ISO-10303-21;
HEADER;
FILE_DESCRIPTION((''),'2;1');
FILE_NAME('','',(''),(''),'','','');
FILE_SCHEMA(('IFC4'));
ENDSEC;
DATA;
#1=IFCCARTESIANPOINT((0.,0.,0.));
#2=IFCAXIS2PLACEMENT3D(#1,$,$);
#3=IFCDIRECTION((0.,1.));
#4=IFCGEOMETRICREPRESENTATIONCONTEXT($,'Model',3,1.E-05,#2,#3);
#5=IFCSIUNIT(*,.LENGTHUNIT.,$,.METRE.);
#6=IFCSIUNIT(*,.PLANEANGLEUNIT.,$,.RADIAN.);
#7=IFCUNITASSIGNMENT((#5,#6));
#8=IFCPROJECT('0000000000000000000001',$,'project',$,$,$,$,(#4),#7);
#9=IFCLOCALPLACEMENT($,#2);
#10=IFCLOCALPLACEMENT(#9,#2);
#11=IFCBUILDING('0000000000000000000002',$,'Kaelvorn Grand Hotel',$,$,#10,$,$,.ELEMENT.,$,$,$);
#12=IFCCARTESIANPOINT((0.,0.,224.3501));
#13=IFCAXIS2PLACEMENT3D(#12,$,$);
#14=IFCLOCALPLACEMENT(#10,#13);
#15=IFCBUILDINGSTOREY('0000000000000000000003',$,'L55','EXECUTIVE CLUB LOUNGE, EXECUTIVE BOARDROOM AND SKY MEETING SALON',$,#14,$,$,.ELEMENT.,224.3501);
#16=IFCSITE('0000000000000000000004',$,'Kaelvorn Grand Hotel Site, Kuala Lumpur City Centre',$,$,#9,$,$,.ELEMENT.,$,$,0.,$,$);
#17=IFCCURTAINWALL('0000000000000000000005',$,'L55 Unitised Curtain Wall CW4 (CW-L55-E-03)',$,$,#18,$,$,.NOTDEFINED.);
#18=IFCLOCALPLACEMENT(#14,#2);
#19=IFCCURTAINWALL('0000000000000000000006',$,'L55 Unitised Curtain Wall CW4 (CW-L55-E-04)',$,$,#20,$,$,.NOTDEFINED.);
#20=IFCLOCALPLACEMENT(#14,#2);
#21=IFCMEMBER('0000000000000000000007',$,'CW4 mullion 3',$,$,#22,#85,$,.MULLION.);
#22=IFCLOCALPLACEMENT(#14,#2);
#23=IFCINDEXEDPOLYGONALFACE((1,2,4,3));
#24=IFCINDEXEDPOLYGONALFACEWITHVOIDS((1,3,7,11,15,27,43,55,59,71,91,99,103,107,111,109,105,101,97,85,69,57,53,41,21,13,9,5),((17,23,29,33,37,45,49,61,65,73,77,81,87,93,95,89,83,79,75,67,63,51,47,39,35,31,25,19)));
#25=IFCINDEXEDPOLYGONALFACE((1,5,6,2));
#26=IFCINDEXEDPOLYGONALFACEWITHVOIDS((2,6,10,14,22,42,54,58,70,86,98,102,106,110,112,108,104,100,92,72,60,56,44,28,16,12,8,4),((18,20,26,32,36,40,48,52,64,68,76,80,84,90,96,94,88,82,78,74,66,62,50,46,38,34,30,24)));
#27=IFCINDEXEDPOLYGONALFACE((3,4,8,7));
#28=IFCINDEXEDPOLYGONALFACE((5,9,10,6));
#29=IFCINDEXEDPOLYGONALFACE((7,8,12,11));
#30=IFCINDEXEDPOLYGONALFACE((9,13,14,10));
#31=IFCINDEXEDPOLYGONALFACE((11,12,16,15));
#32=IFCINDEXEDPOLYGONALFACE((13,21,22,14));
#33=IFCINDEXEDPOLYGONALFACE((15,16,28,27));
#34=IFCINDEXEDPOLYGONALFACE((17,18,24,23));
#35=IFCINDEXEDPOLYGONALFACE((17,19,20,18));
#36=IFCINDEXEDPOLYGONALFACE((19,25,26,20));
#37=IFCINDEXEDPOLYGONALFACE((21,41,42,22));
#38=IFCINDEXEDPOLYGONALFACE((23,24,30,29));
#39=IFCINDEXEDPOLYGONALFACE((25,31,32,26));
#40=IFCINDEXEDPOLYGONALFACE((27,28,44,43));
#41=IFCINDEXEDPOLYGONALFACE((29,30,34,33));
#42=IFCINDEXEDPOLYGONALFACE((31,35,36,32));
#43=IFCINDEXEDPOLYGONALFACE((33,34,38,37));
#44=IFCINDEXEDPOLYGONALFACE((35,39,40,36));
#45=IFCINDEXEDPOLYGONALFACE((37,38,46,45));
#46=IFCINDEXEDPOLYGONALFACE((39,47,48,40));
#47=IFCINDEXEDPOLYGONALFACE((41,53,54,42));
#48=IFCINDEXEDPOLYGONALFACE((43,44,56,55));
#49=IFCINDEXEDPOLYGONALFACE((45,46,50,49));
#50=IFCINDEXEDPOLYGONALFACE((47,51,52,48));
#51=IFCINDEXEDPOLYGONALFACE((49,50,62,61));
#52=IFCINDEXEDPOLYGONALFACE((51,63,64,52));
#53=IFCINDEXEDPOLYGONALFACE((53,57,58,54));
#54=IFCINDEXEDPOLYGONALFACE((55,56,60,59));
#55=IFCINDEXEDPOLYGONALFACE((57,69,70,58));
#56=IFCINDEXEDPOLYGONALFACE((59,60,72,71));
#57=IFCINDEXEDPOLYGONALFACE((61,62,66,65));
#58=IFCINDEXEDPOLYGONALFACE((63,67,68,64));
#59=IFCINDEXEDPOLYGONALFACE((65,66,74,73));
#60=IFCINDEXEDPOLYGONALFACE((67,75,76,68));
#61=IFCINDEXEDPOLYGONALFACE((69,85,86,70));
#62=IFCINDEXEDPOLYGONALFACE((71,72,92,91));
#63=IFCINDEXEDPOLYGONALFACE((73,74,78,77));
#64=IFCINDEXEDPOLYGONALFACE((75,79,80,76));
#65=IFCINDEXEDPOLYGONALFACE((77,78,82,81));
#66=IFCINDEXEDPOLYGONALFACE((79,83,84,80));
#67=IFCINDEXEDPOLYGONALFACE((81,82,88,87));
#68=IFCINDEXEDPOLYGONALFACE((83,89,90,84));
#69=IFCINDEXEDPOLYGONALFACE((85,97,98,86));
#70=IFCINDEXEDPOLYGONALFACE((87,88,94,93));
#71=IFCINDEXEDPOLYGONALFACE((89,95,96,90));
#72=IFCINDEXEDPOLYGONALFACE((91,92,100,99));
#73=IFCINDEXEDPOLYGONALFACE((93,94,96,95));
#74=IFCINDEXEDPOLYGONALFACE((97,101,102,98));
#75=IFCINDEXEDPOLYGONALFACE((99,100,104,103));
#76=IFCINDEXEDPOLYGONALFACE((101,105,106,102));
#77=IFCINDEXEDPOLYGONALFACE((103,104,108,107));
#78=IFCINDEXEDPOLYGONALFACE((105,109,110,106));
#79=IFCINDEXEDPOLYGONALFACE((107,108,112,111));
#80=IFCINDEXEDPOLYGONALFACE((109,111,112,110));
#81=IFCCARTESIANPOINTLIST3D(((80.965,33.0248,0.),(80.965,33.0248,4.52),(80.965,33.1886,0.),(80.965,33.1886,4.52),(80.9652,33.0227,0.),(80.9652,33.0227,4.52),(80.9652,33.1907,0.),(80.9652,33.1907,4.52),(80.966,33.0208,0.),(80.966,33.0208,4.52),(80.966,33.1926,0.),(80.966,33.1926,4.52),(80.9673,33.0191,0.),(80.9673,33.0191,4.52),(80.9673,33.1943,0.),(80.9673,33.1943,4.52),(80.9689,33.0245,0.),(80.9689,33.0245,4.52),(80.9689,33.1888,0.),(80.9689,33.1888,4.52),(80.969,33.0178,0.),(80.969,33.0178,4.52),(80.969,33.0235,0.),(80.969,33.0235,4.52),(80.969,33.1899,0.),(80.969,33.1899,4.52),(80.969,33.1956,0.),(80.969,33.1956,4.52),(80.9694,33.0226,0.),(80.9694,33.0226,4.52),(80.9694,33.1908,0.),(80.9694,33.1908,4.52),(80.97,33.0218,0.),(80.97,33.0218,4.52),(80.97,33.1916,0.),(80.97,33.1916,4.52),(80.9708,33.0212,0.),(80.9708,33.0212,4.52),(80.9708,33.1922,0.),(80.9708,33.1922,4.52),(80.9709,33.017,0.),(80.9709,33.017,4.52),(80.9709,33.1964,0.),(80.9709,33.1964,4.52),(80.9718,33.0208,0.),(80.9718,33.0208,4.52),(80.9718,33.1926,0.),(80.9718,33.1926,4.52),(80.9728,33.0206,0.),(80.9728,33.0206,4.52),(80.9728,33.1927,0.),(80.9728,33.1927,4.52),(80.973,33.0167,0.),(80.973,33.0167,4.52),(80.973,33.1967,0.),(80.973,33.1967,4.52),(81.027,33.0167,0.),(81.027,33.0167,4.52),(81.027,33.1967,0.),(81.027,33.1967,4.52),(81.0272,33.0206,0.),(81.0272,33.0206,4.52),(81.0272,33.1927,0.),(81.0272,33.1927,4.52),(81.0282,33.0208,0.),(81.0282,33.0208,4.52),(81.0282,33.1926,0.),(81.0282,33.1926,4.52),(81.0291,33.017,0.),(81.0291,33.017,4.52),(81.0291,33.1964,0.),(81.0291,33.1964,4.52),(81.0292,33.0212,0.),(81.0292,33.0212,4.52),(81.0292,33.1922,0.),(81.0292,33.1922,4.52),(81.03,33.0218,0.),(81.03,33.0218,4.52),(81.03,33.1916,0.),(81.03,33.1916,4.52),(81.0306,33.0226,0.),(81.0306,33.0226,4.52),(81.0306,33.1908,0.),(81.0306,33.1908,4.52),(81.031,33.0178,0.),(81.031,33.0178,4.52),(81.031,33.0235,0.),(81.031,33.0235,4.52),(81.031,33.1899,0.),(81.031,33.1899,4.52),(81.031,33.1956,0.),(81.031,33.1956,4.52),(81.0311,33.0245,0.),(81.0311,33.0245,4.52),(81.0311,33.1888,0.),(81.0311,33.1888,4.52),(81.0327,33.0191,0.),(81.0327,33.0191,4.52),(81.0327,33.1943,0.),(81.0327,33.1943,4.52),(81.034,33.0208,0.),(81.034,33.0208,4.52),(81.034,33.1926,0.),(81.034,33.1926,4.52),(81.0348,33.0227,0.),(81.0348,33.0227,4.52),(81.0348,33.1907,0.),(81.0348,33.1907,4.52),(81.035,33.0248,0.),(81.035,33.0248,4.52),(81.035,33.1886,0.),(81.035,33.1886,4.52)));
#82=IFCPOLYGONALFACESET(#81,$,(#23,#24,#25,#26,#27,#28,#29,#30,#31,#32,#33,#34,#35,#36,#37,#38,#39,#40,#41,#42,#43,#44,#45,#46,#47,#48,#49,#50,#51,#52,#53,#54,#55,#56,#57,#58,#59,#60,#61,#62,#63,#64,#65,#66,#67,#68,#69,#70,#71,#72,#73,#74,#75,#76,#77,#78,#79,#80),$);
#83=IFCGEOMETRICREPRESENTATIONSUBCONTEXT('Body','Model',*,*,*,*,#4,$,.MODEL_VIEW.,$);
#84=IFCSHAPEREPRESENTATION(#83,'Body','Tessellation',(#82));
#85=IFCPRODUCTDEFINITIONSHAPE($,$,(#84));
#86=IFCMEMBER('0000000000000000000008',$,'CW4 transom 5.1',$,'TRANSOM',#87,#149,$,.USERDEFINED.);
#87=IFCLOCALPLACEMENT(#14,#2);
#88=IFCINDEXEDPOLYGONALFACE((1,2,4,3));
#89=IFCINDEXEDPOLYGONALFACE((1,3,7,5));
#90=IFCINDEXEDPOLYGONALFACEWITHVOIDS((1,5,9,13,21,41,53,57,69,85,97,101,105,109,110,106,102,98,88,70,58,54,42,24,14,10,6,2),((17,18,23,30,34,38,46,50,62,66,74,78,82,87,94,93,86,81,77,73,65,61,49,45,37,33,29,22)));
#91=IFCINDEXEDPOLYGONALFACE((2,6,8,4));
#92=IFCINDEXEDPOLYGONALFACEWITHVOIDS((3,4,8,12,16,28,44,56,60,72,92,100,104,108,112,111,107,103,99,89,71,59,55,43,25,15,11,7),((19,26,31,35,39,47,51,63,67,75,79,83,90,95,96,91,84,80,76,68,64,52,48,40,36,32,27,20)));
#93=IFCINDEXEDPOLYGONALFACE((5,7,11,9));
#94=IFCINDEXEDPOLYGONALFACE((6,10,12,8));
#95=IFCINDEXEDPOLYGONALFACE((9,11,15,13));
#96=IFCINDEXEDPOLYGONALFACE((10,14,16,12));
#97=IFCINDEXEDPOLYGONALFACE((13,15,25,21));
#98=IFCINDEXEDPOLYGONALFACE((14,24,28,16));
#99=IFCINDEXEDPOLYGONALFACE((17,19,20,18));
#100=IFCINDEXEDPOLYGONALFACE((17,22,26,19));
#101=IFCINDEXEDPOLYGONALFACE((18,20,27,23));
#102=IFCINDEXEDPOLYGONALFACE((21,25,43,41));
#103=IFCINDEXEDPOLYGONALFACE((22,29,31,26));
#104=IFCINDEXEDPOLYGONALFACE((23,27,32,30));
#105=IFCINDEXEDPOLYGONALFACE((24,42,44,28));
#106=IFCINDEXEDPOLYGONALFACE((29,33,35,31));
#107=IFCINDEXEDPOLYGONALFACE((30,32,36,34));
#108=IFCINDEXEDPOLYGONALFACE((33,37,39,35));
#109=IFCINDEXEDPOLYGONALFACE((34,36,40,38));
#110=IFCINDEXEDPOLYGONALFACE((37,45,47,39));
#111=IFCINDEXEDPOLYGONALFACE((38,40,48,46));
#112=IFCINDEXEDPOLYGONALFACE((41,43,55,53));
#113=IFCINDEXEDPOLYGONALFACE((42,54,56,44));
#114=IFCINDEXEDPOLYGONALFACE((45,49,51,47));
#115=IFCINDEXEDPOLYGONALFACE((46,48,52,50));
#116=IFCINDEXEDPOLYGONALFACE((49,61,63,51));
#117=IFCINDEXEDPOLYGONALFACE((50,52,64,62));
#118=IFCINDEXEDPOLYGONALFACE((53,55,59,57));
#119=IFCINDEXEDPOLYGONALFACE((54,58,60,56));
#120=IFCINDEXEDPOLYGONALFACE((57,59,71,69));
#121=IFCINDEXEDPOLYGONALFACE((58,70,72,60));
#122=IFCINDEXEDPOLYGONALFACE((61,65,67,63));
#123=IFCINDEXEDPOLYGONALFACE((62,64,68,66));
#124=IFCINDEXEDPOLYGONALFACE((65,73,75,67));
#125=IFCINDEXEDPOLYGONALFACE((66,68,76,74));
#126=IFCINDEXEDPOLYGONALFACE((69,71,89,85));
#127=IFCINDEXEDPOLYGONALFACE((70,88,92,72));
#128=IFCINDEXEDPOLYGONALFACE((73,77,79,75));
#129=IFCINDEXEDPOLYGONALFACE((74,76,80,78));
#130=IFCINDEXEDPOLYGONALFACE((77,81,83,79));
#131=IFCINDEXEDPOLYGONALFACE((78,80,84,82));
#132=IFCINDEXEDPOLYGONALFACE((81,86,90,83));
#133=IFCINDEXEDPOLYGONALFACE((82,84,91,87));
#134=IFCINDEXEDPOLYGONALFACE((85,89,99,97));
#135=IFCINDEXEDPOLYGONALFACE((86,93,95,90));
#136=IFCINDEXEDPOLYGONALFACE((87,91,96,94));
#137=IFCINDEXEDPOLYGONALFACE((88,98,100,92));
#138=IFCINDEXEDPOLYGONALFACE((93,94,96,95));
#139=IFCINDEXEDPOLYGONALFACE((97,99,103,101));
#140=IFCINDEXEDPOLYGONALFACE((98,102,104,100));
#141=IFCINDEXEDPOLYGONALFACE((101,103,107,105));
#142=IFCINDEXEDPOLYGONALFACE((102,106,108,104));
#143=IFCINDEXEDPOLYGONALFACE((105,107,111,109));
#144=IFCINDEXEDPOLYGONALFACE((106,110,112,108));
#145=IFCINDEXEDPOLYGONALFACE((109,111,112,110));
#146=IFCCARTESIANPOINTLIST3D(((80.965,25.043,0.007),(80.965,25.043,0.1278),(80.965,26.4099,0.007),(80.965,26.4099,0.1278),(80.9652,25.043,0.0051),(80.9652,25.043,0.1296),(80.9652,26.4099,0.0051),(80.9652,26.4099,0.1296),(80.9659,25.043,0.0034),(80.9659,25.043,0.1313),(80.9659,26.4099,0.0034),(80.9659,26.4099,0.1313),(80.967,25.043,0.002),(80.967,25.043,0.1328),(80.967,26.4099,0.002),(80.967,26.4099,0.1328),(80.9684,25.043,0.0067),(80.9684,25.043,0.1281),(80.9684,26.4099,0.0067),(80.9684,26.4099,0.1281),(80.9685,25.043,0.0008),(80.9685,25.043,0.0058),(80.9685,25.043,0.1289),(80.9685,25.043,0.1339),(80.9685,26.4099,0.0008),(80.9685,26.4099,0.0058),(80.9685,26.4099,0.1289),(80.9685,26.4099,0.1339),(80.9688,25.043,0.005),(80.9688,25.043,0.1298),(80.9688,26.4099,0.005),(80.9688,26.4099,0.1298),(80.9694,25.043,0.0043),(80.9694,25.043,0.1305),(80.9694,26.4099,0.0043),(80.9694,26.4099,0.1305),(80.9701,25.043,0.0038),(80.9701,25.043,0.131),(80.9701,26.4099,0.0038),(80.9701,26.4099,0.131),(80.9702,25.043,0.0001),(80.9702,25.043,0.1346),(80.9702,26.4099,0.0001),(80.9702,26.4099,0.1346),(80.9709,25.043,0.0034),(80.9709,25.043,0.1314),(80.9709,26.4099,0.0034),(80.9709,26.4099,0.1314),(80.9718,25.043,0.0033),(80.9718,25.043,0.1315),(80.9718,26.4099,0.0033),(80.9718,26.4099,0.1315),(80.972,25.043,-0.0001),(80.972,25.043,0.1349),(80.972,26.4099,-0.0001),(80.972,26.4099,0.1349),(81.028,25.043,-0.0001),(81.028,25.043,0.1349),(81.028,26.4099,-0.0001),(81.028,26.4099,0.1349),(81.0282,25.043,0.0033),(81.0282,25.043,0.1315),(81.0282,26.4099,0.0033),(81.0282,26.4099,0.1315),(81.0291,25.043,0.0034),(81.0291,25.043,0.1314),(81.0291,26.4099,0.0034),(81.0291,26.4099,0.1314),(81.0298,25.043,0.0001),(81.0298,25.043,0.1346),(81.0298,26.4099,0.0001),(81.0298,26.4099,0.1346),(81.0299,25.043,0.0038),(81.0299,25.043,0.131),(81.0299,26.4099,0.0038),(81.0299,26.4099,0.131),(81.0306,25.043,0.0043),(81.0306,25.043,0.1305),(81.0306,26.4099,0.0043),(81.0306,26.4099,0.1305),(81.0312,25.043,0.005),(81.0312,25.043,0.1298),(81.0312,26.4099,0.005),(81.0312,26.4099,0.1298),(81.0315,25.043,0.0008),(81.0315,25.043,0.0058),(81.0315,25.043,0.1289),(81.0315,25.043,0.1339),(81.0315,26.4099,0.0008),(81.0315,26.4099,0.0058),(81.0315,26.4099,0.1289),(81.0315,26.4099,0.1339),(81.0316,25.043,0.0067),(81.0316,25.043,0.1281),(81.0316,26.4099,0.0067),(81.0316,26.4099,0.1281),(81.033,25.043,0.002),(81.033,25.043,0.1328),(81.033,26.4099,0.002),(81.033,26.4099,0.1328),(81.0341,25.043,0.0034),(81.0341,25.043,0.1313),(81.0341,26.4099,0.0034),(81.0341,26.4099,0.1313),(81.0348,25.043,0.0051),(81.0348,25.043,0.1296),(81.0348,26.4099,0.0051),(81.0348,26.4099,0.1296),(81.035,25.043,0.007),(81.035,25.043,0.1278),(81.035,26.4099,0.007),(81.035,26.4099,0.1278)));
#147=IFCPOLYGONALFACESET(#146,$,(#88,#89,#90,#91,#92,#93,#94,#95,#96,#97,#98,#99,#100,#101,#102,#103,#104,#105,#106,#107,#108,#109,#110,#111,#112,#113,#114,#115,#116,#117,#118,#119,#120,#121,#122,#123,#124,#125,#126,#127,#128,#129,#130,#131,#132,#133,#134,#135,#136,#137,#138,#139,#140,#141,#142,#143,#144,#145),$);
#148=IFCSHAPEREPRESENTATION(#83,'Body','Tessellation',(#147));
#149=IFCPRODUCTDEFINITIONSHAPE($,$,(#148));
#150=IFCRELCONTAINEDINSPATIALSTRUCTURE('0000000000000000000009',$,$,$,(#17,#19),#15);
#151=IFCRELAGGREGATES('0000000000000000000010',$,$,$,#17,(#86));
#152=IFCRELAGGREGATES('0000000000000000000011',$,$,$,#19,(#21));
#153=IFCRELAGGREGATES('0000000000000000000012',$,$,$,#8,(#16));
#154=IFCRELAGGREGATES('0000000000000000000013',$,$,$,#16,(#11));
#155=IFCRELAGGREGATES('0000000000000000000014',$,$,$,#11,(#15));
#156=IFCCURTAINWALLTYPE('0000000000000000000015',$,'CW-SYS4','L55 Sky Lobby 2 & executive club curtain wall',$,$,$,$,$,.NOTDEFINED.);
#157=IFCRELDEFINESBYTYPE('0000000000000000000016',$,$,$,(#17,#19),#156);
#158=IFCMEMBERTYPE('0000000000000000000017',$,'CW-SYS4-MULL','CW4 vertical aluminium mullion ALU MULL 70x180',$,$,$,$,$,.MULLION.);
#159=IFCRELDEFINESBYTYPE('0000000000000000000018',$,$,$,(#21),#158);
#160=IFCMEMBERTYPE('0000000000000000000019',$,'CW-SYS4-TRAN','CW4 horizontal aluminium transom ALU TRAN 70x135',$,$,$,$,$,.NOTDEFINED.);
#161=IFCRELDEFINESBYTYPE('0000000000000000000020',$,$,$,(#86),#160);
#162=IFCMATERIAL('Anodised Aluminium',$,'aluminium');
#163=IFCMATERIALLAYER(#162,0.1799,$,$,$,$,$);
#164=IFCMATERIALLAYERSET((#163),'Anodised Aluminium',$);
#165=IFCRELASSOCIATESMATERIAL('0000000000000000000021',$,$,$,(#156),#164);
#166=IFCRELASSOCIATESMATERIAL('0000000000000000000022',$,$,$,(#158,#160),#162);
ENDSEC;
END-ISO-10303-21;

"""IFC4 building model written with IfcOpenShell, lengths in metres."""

from ifc_helpers import new_model, si_unit, direction, frame, origin, origin_2d, place, context, subcontext, project, spatial, hollow_rectangle, extrude, material, layer, layer_set, material_profile, profile_set, type_object, element, aggregate, save


model = new_model("IFC4")

# Units and contexts
model_context = context("Model", 3, precision=1e-05, world=origin(), true_north=direction((0.0, 1.0)))
body_context = subcontext(model_context, "Body", "Model", "MODEL_VIEW")
ifc_project = project(units=[si_unit("LENGTHUNIT", "METRE"), si_unit("PLANEANGLEUNIT", "RADIAN")], contexts=[model_context])

# Site, building, storey
site_placement = place(None, origin())
site = spatial("IfcSite", under=ifc_project, at=site_placement, Name="Kaelvorn Grand Hotel Site, Kuala Lumpur City Centre", CompositionType="ELEMENT", RefElevation=0.0)
building_placement = place(site_placement, origin())
building = spatial("IfcBuilding", under=site, at=building_placement, Name="Kaelvorn Grand Hotel", CompositionType="ELEMENT")
storey_placement = place(building_placement, frame((0.0, 0.0, 224.3501)))
storey = spatial("IfcBuildingStorey", under=building, at=storey_placement, Name="L55", Description="EXECUTIVE CLUB LOUNGE, EXECUTIVE BOARDROOM AND SKY MEETING SALON", CompositionType="ELEMENT", Elevation=224.3501)

# Curtain wall
ifc_material_1 = material(Name="Anodised Aluminium", Category="aluminium")
ifc_layer_1 = layer(ifc_material_1, 0.1799)
ifc_layer_set_1 = layer_set([ifc_layer_1], Name="Anodised Aluminium")
curtain_wall_type = type_object("IfcCurtainWallType", Name="CW-SYS4", Description="L55 Sky Lobby 2 & executive club curtain wall", PredefinedType="NOTDEFINED", material=ifc_layer_set_1)
curtain_wall_1_placement = place(storey_placement, origin())
curtain_wall_1 = element("IfcCurtainWall", 1, at=curtain_wall_1_placement, inside=storey, type_object=curtain_wall_type, Name="L55 Unitised Curtain Wall CW4 (CW-L55-E-03)", PredefinedType="NOTDEFINED")
ifc_material_profile_1 = material_profile(ifc_material_1, hollow_rectangle(XDim=0.0701, YDim=0.1799, WallThickness=0.0039, InnerFilletRadius=0.0039, OuterFilletRadius=0.0081, at=origin_2d()), Name="ALU MULL 70x180")
ifc_profile_set_1 = profile_set([ifc_material_profile_1], Name="Anodised Aluminium")
member_type_1 = type_object("IfcMemberType", Name="CW-SYS4-MULL", Description="CW4 vertical aluminium mullion ALU MULL 70x180", PredefinedType="MULLION", material=ifc_profile_set_1)

# Curtain wall, member
curtain_wall_2_placement = place(storey_placement, origin())
curtain_wall_2 = element("IfcCurtainWall", 2, at=curtain_wall_2_placement, inside=storey, type_object=curtain_wall_type, Name="L55 Unitised Curtain Wall CW4 (CW-L55-E-04)", PredefinedType="NOTDEFINED")
member_1_placement = place(storey_placement, frame((81.0, 33.1067, 0.0), z_axis=(0.0, 0.0, 1.0), x_axis=(-1.0, 0.0, 0.0)))
member_1 = element("IfcMember", 3, at=member_1_placement, type_object=member_type_1, Name="CW4 mullion 3", PredefinedType="MULLION", context=body_context, shape_type="SweptSolid", body=[
    extrude(hollow_rectangle(XDim=0.0701, YDim=0.1799, WallThickness=0.0039, InnerFilletRadius=0.0039, OuterFilletRadius=0.0081, at=origin_2d()), origin(), (0.0, 0.0, 1.0), 4.52),
])

# Member
ifc_material_profile_2 = material_profile(ifc_material_1, hollow_rectangle(XDim=0.0701, YDim=0.135, WallThickness=0.0034, InnerFilletRadius=0.0034, OuterFilletRadius=0.0071, at=origin_2d()), Name="ALU TRAN 70x135")
ifc_profile_set_2 = profile_set([ifc_material_profile_2], Name="Anodised Aluminium")
member_type_2 = type_object("IfcMemberType", Name="CW-SYS4-TRAN", Description="CW4 horizontal aluminium transom ALU TRAN 70x135", PredefinedType="NOTDEFINED", material=ifc_profile_set_2)
member_2_placement = place(storey_placement, frame((81.0, 25.043, 0.0674), z_axis=(0.0, 1.0, 0.0), x_axis=(-1.0, 0.0, 0.0)))
member_2 = element("IfcMember", 4, at=member_2_placement, type_object=member_type_2, Name="CW4 transom 5.1", ObjectType="TRANSOM", PredefinedType="USERDEFINED", context=body_context, shape_type="SweptSolid", body=[
    extrude(hollow_rectangle(XDim=0.0701, YDim=0.135, WallThickness=0.0034, InnerFilletRadius=0.0034, OuterFilletRadius=0.0071, at=origin_2d()), origin(), (0.0, 0.0, 1.0), 1.3669),
])

aggregate(curtain_wall_1, [member_2])
aggregate(curtain_wall_2, [member_1])

save(model, "model.ifc")
